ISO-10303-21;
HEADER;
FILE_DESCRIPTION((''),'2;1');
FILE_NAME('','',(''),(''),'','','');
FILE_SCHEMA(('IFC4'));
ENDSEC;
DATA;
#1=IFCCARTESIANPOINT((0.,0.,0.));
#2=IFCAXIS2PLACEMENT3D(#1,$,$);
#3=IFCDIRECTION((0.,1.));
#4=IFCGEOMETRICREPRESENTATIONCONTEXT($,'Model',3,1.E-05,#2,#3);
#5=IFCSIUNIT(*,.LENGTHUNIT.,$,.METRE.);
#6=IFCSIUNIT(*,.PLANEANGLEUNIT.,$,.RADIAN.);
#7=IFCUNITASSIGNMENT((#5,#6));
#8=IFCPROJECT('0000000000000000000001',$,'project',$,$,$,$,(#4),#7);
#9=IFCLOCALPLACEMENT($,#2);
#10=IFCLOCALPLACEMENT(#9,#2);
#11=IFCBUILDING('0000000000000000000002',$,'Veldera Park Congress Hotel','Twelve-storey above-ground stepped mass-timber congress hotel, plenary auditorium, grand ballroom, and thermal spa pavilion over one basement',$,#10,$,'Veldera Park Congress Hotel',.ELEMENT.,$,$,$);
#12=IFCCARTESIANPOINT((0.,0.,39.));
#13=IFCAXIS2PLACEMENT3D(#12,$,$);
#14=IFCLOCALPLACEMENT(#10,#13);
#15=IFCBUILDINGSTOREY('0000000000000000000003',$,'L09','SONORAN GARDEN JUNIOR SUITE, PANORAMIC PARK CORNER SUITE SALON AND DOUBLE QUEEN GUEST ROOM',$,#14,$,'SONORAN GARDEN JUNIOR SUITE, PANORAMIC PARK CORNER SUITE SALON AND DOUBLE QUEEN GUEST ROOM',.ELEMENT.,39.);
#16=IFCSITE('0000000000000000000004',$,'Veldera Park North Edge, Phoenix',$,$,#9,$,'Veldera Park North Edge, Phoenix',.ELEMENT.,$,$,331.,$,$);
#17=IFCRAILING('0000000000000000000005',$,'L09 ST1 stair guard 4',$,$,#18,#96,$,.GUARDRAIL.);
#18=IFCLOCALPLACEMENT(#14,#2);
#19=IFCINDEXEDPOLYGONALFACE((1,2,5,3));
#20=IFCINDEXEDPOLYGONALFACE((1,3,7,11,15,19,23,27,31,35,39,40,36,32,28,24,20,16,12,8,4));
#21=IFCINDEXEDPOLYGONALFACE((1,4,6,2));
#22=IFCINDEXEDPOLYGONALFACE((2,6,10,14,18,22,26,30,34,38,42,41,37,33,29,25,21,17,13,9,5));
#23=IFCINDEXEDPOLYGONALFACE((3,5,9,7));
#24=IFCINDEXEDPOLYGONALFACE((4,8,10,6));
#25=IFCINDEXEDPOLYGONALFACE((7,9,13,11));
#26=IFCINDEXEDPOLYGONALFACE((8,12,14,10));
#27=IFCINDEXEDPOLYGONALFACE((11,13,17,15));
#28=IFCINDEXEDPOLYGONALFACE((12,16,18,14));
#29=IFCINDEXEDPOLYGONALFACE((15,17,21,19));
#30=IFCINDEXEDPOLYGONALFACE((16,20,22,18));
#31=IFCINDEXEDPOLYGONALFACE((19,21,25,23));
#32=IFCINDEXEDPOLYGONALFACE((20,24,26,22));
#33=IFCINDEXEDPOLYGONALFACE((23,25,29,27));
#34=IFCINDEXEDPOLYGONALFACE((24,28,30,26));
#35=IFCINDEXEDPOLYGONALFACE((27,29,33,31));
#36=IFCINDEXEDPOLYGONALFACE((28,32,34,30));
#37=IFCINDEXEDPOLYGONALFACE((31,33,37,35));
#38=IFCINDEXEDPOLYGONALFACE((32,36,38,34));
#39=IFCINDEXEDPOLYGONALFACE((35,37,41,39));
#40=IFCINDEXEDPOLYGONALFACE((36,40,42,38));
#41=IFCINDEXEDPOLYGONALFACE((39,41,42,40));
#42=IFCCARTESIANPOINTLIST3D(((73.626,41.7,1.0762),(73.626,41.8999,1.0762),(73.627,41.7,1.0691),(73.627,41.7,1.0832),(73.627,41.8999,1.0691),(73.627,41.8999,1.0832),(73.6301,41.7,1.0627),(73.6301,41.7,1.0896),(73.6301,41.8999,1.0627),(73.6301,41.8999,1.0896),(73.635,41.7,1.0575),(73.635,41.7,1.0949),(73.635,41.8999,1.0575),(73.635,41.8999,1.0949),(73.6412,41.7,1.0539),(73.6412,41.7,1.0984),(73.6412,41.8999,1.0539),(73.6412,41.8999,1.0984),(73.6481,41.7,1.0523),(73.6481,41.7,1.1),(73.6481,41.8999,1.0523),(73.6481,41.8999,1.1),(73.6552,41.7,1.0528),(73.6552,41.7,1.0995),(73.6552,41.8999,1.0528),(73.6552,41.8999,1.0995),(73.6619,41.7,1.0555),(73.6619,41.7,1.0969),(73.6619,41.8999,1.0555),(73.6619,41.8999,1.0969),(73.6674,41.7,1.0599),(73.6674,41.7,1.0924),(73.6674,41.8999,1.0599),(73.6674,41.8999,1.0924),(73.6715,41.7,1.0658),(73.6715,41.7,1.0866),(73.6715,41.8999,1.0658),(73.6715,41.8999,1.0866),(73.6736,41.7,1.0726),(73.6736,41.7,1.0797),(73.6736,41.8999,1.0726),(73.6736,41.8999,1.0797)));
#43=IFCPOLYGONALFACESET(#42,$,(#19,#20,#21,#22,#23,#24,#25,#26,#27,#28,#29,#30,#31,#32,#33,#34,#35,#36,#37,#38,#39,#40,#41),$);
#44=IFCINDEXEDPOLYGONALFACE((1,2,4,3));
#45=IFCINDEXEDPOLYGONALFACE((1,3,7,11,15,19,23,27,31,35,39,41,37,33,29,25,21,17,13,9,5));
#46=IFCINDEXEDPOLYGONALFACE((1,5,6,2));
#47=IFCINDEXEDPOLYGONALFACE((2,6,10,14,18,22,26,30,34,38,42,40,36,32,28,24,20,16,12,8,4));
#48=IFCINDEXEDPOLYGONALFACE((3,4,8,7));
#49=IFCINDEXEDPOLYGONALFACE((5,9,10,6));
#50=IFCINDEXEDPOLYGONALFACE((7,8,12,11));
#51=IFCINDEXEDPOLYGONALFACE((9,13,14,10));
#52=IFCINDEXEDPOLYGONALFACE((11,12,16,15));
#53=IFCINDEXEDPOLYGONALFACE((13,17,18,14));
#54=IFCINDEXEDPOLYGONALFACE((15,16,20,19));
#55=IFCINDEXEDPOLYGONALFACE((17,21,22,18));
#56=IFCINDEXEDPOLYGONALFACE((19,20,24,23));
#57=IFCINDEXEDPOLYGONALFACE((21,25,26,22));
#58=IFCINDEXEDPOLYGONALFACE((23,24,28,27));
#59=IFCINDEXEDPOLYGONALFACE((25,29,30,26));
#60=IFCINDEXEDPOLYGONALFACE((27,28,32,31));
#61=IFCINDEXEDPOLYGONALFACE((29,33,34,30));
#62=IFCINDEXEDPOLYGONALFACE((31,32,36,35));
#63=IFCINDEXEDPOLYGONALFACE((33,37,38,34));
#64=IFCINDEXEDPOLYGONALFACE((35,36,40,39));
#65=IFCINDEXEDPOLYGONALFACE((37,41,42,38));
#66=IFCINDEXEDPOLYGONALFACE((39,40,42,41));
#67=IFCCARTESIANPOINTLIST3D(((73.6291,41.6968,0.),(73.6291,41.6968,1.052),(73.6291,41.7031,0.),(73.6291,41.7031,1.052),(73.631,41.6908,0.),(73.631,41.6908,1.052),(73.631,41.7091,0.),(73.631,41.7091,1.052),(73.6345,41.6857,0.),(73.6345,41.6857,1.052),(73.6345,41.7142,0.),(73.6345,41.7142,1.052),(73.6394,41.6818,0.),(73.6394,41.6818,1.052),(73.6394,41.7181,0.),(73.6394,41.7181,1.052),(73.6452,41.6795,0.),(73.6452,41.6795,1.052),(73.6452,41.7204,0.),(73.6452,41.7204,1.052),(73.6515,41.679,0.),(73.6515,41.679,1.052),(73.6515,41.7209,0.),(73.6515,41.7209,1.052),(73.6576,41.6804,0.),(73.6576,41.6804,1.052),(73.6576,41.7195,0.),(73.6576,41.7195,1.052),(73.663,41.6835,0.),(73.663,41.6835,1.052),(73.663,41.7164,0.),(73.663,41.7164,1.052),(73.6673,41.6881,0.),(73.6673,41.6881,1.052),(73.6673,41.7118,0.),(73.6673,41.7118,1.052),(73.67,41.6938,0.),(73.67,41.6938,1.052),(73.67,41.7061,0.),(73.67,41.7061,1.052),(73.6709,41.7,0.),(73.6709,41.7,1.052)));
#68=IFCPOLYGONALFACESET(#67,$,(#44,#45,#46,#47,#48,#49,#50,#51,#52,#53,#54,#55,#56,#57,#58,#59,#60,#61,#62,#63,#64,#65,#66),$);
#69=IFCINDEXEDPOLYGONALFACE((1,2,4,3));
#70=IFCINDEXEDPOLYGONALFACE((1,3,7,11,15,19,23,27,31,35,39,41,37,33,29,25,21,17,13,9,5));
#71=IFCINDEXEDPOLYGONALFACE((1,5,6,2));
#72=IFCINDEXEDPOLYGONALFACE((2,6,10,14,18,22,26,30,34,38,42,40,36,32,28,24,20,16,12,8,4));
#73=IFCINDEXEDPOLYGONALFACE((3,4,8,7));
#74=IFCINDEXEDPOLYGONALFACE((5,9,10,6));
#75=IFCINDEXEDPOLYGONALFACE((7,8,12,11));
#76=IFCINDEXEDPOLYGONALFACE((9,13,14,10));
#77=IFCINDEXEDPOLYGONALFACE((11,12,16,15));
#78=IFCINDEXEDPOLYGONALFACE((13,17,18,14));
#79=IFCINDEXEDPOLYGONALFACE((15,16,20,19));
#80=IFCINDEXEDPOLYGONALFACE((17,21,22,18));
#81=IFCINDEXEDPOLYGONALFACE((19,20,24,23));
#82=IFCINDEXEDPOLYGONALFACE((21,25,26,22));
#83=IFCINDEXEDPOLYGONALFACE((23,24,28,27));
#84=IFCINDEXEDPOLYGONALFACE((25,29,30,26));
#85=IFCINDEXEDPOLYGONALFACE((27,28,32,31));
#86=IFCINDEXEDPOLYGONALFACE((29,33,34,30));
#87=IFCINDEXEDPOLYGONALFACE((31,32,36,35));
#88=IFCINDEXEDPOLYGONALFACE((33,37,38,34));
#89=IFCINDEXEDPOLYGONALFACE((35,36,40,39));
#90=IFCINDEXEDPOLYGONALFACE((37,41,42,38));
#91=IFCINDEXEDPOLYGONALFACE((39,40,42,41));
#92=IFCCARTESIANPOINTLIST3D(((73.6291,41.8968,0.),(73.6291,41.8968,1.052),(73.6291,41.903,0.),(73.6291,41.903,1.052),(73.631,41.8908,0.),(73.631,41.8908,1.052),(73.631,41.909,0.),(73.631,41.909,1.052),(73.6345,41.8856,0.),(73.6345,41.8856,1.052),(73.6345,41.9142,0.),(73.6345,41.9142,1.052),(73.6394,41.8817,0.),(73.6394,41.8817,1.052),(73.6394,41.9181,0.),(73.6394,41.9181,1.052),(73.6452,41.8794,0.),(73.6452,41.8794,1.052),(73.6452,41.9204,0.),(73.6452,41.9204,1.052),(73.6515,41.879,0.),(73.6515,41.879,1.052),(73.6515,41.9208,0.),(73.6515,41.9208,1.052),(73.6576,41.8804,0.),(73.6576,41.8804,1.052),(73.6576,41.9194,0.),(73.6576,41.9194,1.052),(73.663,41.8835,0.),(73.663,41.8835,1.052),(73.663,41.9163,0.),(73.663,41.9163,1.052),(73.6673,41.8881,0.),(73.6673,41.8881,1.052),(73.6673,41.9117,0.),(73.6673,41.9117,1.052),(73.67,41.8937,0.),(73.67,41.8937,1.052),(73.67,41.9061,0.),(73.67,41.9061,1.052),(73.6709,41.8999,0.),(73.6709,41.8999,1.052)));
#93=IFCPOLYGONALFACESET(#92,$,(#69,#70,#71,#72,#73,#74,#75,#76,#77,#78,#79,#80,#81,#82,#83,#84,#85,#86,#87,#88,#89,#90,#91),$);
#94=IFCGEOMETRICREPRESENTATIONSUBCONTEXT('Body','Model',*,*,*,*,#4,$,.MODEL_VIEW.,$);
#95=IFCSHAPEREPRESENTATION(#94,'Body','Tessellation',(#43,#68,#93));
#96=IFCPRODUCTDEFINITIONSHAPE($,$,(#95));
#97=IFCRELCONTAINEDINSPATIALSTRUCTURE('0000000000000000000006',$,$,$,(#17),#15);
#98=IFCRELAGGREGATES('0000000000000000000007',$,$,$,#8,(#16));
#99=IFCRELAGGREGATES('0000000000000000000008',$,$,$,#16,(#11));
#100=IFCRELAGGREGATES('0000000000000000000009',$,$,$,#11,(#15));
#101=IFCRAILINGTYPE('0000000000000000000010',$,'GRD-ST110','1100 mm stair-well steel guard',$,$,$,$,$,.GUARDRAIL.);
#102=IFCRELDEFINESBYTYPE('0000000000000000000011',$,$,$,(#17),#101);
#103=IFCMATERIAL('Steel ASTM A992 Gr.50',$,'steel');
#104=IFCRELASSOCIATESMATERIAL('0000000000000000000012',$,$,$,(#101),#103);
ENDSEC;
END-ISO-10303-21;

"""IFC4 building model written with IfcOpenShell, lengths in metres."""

from ifc_helpers import new_model, si_unit, direction, frame, origin, origin_2d, place, context, subcontext, project, spatial, circle, extrude, material, type_object, element, save


model = new_model("IFC4")

# Units and contexts
model_context = context("Model", 3, precision=1e-05, world=origin(), true_north=direction((0.0, 1.0)))
body_context = subcontext(model_context, "Body", "Model", "MODEL_VIEW")
ifc_project = project(units=[si_unit("LENGTHUNIT", "METRE"), si_unit("PLANEANGLEUNIT", "RADIAN")], contexts=[model_context])

# Site, building, storey
site_placement = place(None, origin())
site = spatial("IfcSite", under=ifc_project, at=site_placement, Name="Veldera Park North Edge, Phoenix", LongName="Veldera Park North Edge, Phoenix", CompositionType="ELEMENT", RefElevation=331.0)
building_placement = place(site_placement, origin())
building = spatial("IfcBuilding", under=site, at=building_placement, Name="Veldera Park Congress Hotel", Description="Twelve-storey above-ground stepped mass-timber congress hotel, plenary auditorium, grand ballroom, and thermal spa pavilion over one basement", LongName="Veldera Park Congress Hotel", CompositionType="ELEMENT")
storey_placement = place(building_placement, frame((0.0, 0.0, 39.0)))
storey = spatial("IfcBuildingStorey", under=building, at=storey_placement, Name="L09", Description="SONORAN GARDEN JUNIOR SUITE, PANORAMIC PARK CORNER SUITE SALON AND DOUBLE QUEEN GUEST ROOM", LongName="SONORAN GARDEN JUNIOR SUITE, PANORAMIC PARK CORNER SUITE SALON AND DOUBLE QUEEN GUEST ROOM", CompositionType="ELEMENT", Elevation=39.0)

# Railing
ifc_material_1 = material(Name="Steel ASTM A992 Gr.50", Category="steel")
railing_type = type_object("IfcRailingType", Name="GRD-ST110", Description="1100 mm stair-well steel guard", PredefinedType="GUARDRAIL", material=ifc_material_1)
railing_1_placement = place(storey_placement, frame((73.6499, 41.7, 0.0)))
element("IfcRailing", 1, at=railing_1_placement, inside=storey, type_object=railing_type, Name="L09 ST1 stair guard 4", PredefinedType="GUARDRAIL", context=body_context, shape_type="SweptSolid", body=[
    extrude(circle(Radius=0.0239, at=origin_2d()), frame((0.0, 0.0, 1.0762), z_axis=(0.0, 1.0, 0.0), x_axis=(-1.0, 0.0, 0.0)), (0.0, 0.0, 1.0), 0.2),
    extrude(circle(Radius=0.021, at=origin_2d()), origin(), (0.0, 0.0, 1.0), 1.052),
    extrude(circle(Radius=0.021, at=origin_2d()), frame((0.0, 0.2, 0.0)), (0.0, 0.0, 1.0), 1.052),
])

save(model, "model.ifc")
